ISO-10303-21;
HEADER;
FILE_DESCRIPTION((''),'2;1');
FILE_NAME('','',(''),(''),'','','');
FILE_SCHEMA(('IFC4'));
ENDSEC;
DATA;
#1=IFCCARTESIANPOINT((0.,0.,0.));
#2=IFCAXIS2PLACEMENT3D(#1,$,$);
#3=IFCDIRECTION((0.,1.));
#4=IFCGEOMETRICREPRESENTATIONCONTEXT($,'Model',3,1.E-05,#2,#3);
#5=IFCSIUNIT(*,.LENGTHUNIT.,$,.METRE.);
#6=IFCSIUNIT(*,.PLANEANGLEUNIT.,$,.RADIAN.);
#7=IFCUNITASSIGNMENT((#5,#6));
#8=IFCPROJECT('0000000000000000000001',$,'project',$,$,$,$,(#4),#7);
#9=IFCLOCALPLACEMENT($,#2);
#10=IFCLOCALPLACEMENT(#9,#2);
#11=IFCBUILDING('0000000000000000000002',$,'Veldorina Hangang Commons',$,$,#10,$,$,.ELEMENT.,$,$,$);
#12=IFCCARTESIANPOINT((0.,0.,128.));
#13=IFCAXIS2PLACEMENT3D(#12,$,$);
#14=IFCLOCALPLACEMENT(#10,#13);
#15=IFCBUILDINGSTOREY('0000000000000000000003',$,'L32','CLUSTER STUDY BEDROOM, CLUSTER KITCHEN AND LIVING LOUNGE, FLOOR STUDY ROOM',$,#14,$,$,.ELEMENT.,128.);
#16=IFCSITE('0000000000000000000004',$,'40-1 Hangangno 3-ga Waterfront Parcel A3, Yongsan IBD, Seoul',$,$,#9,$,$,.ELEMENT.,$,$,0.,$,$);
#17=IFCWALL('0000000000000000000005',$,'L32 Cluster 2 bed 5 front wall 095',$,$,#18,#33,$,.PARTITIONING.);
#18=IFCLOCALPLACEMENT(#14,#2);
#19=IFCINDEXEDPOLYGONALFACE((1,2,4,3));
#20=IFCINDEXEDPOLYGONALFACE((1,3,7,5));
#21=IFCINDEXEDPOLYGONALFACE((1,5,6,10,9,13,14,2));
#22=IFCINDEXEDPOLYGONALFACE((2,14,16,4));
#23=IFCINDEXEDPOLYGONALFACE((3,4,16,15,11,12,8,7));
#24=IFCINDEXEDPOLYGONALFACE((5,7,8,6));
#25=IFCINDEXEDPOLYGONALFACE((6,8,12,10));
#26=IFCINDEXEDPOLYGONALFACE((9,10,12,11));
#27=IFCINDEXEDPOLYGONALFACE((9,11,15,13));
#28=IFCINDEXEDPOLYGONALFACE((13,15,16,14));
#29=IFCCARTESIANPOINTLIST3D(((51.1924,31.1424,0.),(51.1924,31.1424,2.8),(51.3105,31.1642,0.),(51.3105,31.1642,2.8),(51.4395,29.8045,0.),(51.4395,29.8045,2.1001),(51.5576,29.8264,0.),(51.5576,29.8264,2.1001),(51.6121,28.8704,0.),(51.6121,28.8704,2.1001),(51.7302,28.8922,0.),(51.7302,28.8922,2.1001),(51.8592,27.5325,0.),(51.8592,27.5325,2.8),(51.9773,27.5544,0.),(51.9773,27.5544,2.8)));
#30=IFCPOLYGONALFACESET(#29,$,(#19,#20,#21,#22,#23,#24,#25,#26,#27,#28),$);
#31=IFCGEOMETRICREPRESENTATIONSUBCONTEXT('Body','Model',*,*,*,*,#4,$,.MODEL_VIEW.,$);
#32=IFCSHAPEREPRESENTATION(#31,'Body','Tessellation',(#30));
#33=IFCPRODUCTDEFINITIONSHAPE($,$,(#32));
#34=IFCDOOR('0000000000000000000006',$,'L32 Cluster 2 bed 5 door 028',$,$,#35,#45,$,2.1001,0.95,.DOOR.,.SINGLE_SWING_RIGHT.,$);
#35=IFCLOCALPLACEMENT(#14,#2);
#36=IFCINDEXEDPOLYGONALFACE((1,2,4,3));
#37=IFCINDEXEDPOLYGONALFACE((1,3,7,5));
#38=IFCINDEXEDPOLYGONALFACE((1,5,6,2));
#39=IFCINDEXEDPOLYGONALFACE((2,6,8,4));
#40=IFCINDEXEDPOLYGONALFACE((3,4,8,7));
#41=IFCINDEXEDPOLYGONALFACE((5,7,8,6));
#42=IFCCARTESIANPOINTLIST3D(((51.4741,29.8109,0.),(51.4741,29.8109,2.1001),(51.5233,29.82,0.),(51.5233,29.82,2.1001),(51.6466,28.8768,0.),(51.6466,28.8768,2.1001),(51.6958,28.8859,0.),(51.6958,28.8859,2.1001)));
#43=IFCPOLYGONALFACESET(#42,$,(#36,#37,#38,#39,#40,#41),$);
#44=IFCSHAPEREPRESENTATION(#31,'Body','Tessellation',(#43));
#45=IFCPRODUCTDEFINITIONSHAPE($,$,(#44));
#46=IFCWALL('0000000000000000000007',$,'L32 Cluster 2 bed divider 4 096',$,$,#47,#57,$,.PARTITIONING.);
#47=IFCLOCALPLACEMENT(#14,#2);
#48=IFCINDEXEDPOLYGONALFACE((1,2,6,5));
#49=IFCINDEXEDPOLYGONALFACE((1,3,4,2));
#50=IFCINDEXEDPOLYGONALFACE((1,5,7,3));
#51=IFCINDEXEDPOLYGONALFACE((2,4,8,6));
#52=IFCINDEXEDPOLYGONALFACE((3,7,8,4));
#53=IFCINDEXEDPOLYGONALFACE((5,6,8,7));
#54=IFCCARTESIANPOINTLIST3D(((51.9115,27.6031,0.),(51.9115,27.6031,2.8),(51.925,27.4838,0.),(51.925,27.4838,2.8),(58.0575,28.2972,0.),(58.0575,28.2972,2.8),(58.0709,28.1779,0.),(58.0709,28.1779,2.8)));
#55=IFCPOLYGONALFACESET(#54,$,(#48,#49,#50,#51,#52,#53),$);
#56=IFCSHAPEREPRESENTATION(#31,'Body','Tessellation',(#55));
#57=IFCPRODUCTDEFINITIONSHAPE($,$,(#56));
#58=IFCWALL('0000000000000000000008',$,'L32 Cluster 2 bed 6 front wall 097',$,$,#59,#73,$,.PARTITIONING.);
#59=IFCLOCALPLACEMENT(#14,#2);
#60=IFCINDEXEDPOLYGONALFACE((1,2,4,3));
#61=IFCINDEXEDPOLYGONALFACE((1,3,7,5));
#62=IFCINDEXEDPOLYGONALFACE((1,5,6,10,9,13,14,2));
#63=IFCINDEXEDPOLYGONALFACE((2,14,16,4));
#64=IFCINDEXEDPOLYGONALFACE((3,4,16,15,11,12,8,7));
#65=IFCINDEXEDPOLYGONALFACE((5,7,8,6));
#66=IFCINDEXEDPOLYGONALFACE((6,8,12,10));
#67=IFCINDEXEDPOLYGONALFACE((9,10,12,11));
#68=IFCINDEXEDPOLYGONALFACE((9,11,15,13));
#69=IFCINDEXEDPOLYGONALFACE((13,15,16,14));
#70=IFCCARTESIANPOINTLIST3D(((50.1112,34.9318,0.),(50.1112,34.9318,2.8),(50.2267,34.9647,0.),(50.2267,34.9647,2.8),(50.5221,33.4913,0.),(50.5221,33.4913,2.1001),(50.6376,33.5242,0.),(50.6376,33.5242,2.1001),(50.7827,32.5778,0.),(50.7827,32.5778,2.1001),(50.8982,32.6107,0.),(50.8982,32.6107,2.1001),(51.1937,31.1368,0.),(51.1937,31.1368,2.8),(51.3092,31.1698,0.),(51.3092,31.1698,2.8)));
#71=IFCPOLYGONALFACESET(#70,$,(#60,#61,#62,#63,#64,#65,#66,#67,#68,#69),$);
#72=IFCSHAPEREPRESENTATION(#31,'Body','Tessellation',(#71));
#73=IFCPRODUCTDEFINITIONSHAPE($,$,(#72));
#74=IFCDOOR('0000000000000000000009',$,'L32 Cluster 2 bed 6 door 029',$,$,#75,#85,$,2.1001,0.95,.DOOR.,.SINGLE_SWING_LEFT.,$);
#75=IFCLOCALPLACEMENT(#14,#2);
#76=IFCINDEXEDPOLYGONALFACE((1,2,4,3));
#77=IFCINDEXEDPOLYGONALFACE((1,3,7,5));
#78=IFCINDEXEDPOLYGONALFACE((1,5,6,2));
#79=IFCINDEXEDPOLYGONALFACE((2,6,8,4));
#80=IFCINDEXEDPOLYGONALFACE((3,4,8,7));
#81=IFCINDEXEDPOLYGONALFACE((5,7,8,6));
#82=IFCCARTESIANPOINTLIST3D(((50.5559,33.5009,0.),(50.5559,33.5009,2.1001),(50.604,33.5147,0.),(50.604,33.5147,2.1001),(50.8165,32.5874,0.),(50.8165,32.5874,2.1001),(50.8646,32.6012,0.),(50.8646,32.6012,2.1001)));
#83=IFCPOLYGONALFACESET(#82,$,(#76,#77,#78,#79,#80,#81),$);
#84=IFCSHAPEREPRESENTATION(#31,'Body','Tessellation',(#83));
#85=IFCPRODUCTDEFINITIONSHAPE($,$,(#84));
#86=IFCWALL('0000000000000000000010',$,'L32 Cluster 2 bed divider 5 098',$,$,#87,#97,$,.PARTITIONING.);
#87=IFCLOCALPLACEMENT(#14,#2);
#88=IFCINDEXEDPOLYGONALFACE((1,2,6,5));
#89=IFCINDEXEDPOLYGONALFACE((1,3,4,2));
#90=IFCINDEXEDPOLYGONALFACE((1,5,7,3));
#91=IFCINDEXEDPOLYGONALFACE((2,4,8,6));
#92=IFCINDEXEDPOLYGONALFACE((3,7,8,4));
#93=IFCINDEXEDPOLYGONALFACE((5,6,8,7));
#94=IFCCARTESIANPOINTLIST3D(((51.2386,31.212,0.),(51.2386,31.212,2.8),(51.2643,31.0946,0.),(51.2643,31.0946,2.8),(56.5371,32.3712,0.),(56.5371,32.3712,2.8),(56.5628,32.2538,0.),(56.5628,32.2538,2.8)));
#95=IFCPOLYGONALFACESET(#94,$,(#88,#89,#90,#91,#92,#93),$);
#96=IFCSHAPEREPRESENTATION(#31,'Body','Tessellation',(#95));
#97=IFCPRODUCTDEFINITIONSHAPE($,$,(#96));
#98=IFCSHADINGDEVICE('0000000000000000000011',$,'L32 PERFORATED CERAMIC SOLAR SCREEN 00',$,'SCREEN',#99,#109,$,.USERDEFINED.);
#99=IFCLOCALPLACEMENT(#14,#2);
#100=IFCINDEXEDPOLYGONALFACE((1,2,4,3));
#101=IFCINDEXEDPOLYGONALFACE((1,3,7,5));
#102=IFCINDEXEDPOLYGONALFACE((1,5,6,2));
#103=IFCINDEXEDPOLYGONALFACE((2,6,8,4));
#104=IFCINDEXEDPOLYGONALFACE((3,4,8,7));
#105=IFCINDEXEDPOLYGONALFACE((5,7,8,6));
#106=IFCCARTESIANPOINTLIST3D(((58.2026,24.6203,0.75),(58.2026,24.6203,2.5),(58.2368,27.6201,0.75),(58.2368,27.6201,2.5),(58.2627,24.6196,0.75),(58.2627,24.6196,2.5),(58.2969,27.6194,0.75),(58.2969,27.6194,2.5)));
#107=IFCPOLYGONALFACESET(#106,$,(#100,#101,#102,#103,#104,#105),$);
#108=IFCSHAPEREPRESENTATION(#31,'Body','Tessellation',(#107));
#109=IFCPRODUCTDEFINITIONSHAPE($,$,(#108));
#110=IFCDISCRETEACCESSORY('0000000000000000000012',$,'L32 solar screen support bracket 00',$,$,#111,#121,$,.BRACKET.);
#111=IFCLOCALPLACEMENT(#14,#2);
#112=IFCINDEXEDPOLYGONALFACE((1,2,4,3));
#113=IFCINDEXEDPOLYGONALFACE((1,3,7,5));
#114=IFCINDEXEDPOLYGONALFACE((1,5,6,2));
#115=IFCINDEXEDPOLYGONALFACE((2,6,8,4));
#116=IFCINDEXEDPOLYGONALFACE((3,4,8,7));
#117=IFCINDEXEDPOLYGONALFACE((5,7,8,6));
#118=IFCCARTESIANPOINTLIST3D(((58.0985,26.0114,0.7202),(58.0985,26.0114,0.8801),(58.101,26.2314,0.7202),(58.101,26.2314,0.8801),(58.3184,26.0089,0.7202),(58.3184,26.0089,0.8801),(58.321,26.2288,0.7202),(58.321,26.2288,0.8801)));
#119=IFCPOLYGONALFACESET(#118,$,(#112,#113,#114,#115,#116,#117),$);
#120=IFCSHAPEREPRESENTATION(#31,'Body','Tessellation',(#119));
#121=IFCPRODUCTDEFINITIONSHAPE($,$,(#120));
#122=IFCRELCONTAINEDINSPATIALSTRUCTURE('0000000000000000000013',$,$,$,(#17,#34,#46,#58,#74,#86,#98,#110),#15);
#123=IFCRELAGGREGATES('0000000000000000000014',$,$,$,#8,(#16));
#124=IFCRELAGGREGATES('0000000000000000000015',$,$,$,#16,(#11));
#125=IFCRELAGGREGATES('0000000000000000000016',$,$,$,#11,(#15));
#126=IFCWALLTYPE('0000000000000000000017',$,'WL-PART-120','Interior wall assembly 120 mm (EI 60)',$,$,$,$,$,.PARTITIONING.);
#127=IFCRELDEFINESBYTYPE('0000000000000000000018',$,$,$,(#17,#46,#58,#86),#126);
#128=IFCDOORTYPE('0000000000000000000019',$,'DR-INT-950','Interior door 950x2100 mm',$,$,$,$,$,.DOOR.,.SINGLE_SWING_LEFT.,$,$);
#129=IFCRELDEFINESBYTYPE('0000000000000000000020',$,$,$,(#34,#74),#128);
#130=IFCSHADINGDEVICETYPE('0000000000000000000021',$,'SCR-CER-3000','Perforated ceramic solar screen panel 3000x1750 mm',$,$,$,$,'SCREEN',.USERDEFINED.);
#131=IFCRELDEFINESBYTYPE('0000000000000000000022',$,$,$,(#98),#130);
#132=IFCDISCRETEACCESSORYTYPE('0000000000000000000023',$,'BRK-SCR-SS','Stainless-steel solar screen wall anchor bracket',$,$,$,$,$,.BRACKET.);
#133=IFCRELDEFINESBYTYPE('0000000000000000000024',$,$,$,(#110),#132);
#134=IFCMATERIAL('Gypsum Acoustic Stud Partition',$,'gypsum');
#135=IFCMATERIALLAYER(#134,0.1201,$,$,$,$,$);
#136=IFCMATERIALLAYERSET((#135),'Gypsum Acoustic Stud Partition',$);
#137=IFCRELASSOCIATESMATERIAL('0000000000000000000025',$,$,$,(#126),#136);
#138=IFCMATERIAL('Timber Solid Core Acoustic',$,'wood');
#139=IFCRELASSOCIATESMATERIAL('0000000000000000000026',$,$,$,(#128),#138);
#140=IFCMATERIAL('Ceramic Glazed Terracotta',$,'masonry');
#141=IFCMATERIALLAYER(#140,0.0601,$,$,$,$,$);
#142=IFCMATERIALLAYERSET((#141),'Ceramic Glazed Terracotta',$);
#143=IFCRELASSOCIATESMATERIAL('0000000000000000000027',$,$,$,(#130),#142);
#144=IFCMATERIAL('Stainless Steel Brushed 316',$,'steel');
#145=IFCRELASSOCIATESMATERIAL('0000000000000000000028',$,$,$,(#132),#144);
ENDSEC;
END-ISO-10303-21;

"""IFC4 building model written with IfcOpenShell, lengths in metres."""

from ifc_helpers import new_model, si_unit, direction, frame, frame_2d, origin, origin_2d, place, context, subcontext, project, spatial, rectangle, extrude, material, layer, layer_set, type_object, element, fill, save


model = new_model("IFC4")

# Units and contexts
model_context = context("Model", 3, precision=1e-05, world=origin(), true_north=direction((0.0, 1.0)))
body_context = subcontext(model_context, "Body", "Model", "MODEL_VIEW")
ifc_project = project(units=[si_unit("LENGTHUNIT", "METRE"), si_unit("PLANEANGLEUNIT", "RADIAN")], contexts=[model_context])

# Site, building, storey
site_placement = place(None, origin())
site = spatial("IfcSite", under=ifc_project, at=site_placement, Name="40-1 Hangangno 3-ga Waterfront Parcel A3, Yongsan IBD, Seoul", CompositionType="ELEMENT", RefElevation=0.0)
building_placement = place(site_placement, origin())
building = spatial("IfcBuilding", under=site, at=building_placement, Name="Veldorina Hangang Commons", CompositionType="ELEMENT")
storey_placement = place(building_placement, frame((0.0, 0.0, 128.0)))
storey = spatial("IfcBuildingStorey", under=building, at=storey_placement, Name="L32", Description="CLUSTER STUDY BEDROOM, CLUSTER KITCHEN AND LIVING LOUNGE, FLOOR STUDY ROOM", CompositionType="ELEMENT", Elevation=128.0)

# Shared definitions
ifc_material_1 = material(Name="Gypsum Acoustic Stud Partition", Category="gypsum")
ifc_layer_1 = layer(ifc_material_1, 0.1201)
ifc_layer_set_1 = layer_set([ifc_layer_1], Name="Gypsum Acoustic Stud Partition")
wall_type_1 = type_object("IfcWallType", Name="WL-PART-120", Description="Interior wall assembly 120 mm (EI 60)", PredefinedType="PARTITIONING", material=ifc_layer_set_1)
ifc_material_2 = material(Name="Timber Solid Core Acoustic", Category="wood")
door_type = type_object("IfcDoorType", Name="DR-INT-950", Description="Interior door 950x2100 mm", OperationType="SINGLE_SWING_LEFT", PredefinedType="DOOR", material=ifc_material_2)

# Wall, opening, door
wall_1_placement = place(storey_placement, frame((51.9182, 27.5435, 0.0), z_axis=(0.0, 0.0, 1.0), x_axis=(-0.18163, 0.983367, 0.0)))
wall_1 = element("IfcWall", 1, at=wall_1_placement, inside=storey, type_object=wall_type_1, Name="L32 Cluster 2 bed 5 front wall 095", PredefinedType="PARTITIONING", context=body_context, shape_type="SweptSolid", body=[
    extrude(rectangle(XDim=3.6709, YDim=0.1201, at=frame_2d((1.8354, 0.0))), origin(), (0.0, 0.0, 1.0), 2.8),
])
opening_1_placement = place(wall_1_placement, frame((1.3604, 0.0, 0.0)))
opening_1 = element("IfcOpeningElement", 2, at=opening_1_placement, cuts=wall_1, PredefinedType="OPENING", context=body_context, shape_type="SweptSolid", body=[
    extrude(rectangle(XDim=0.95, YDim=2.1001, at=frame_2d((0.4751, 1.05))), frame((0.0, 0.0701, 0.0), z_axis=(0.0, -1.0, 0.0), x_axis=(1.0, 0.0, 0.0)), (0.0, 0.0, 1.0), 0.1401),
])
door_1_placement = place(opening_1_placement, origin())
door_1 = element("IfcDoor", 3, at=door_1_placement, inside=storey, type_object=door_type, Name="L32 Cluster 2 bed 5 door 028", OperationType="SINGLE_SWING_RIGHT", OverallHeight=2.1001, OverallWidth=0.95, PredefinedType="DOOR", context=body_context, shape_type="SweptSolid", body=[
    extrude(rectangle(XDim=0.95, YDim=2.1001, at=frame_2d((0.4751, 1.05))), frame((0.0, 0.0249, 0.0), z_axis=(0.0, -1.0, 0.0), x_axis=(1.0, 0.0, 0.0)), (0.0, 0.0, 1.0), 0.05),
])
fill(opening_1, door_1)

# Wall
wall_2_placement = place(storey_placement, frame((51.9182, 27.5435, 0.0), z_axis=(0.0, 0.0, 1.0), x_axis=(0.993683, 0.112221, 0.0)))
element("IfcWall", 4, at=wall_2_placement, inside=storey, type_object=wall_type_1, Name="L32 Cluster 2 bed divider 4 096", PredefinedType="PARTITIONING", context=body_context, shape_type="SweptSolid", body=[
    extrude(rectangle(XDim=6.1851, YDim=0.1201, at=frame_2d((3.0925, 0.0))), origin(), (0.0, 0.0, 1.0), 2.8),
])

# Wall, opening, door
wall_3_placement = place(storey_placement, frame((51.2515, 31.1533, 0.0), z_axis=(0.0, 0.0, 1.0), x_axis=(-0.274313, 0.961641, 0.0)))
wall_3 = element("IfcWall", 5, at=wall_3_placement, inside=storey, type_object=wall_type_1, Name="L32 Cluster 2 bed 6 front wall 097", PredefinedType="PARTITIONING", context=body_context, shape_type="SweptSolid", body=[
    extrude(rectangle(XDim=3.9463, YDim=0.1201, at=frame_2d((1.9731, 0.0))), origin(), (0.0, 0.0, 1.0), 2.8),
])
opening_2_placement = place(wall_3_placement, frame((1.4983, 0.0, 0.0)))
opening_2 = element("IfcOpeningElement", 6, at=opening_2_placement, cuts=wall_3, PredefinedType="OPENING", context=body_context, shape_type="SweptSolid", body=[
    extrude(rectangle(XDim=0.95, YDim=2.1001, at=frame_2d((0.4751, 1.05))), frame((0.0, 0.0701, 0.0), z_axis=(0.0, -1.0, 0.0), x_axis=(1.0, 0.0, 0.0)), (0.0, 0.0, 1.0), 0.1401),
])
door_2_placement = place(opening_2_placement, origin())
door_2 = element("IfcDoor", 7, at=door_2_placement, inside=storey, type_object=door_type, Name="L32 Cluster 2 bed 6 door 029", OperationType="SINGLE_SWING_LEFT", OverallHeight=2.1001, OverallWidth=0.95, PredefinedType="DOOR", context=body_context, shape_type="SweptSolid", body=[
    extrude(rectangle(XDim=0.95, YDim=2.1001, at=frame_2d((0.4751, 1.05))), frame((0.0, 0.0249, 0.0), z_axis=(0.0, -1.0, 0.0), x_axis=(1.0, 0.0, 0.0)), (0.0, 0.0, 1.0), 0.05),
])
fill(opening_2, door_2)

# Wall
wall_4_placement = place(storey_placement, frame((51.2515, 31.1533, 0.0), z_axis=(0.0, 0.0, 1.0), x_axis=(0.976896, 0.213717, 0.0)))
element("IfcWall", 8, at=wall_4_placement, inside=storey, type_object=wall_type_1, Name="L32 Cluster 2 bed divider 5 098", PredefinedType="PARTITIONING", context=body_context, shape_type="SweptSolid", body=[
    extrude(rectangle(XDim=5.4238, YDim=0.1201, at=frame_2d((2.7119, 0.0))), origin(), (0.0, 0.0, 1.0), 2.8),
])

# Shading device
ifc_material_3 = material(Name="Ceramic Glazed Terracotta", Category="masonry")
ifc_layer_2 = layer(ifc_material_3, 0.0601)
ifc_layer_set_2 = layer_set([ifc_layer_2], Name="Ceramic Glazed Terracotta")
shading_device_type = type_object("IfcShadingDeviceType", Name="SCR-CER-3000", Description="Perforated ceramic solar screen panel 3000x1750 mm", ElementType="SCREEN", PredefinedType="USERDEFINED", material=ifc_layer_set_2)
shading_device_placement = place(storey_placement, frame((58.2498, 26.1199, 0.75), z_axis=(0.0, 0.0, 1.0), x_axis=(0.011414, 0.999935, 0.0)))
element("IfcShadingDevice", 9, at=shading_device_placement, inside=storey, type_object=shading_device_type, Name="L32 PERFORATED CERAMIC SOLAR SCREEN 00", ObjectType="SCREEN", PredefinedType="USERDEFINED", context=body_context, shape_type="SweptSolid", body=[
    extrude(rectangle(XDim=3.0, YDim=0.0601, at=origin_2d()), origin(), (0.0, 0.0, 1.0), 1.75),
])

# Discrete accessory
ifc_material_4 = material(Name="Stainless Steel Brushed 316", Category="steel")
discrete_accessory_type = type_object("IfcDiscreteAccessoryType", Name="BRK-SCR-SS", Description="Stainless-steel solar screen wall anchor bracket", PredefinedType="BRACKET", material=ifc_material_4)
discrete_accessory_placement = place(storey_placement, frame((58.2097, 26.1201, 0.7202), z_axis=(0.0, 0.0, 1.0), x_axis=(0.011414, 0.999935, 0.0)))
element("IfcDiscreteAccessory", 10, at=discrete_accessory_placement, inside=storey, type_object=discrete_accessory_type, Name="L32 solar screen support bracket 00", PredefinedType="BRACKET", context=body_context, shape_type="SweptSolid", body=[
    extrude(rectangle(XDim=0.22, YDim=0.22, at=origin_2d()), origin(), (0.0, 0.0, 1.0), 0.1599),
])

save(model, "model.ifc")
